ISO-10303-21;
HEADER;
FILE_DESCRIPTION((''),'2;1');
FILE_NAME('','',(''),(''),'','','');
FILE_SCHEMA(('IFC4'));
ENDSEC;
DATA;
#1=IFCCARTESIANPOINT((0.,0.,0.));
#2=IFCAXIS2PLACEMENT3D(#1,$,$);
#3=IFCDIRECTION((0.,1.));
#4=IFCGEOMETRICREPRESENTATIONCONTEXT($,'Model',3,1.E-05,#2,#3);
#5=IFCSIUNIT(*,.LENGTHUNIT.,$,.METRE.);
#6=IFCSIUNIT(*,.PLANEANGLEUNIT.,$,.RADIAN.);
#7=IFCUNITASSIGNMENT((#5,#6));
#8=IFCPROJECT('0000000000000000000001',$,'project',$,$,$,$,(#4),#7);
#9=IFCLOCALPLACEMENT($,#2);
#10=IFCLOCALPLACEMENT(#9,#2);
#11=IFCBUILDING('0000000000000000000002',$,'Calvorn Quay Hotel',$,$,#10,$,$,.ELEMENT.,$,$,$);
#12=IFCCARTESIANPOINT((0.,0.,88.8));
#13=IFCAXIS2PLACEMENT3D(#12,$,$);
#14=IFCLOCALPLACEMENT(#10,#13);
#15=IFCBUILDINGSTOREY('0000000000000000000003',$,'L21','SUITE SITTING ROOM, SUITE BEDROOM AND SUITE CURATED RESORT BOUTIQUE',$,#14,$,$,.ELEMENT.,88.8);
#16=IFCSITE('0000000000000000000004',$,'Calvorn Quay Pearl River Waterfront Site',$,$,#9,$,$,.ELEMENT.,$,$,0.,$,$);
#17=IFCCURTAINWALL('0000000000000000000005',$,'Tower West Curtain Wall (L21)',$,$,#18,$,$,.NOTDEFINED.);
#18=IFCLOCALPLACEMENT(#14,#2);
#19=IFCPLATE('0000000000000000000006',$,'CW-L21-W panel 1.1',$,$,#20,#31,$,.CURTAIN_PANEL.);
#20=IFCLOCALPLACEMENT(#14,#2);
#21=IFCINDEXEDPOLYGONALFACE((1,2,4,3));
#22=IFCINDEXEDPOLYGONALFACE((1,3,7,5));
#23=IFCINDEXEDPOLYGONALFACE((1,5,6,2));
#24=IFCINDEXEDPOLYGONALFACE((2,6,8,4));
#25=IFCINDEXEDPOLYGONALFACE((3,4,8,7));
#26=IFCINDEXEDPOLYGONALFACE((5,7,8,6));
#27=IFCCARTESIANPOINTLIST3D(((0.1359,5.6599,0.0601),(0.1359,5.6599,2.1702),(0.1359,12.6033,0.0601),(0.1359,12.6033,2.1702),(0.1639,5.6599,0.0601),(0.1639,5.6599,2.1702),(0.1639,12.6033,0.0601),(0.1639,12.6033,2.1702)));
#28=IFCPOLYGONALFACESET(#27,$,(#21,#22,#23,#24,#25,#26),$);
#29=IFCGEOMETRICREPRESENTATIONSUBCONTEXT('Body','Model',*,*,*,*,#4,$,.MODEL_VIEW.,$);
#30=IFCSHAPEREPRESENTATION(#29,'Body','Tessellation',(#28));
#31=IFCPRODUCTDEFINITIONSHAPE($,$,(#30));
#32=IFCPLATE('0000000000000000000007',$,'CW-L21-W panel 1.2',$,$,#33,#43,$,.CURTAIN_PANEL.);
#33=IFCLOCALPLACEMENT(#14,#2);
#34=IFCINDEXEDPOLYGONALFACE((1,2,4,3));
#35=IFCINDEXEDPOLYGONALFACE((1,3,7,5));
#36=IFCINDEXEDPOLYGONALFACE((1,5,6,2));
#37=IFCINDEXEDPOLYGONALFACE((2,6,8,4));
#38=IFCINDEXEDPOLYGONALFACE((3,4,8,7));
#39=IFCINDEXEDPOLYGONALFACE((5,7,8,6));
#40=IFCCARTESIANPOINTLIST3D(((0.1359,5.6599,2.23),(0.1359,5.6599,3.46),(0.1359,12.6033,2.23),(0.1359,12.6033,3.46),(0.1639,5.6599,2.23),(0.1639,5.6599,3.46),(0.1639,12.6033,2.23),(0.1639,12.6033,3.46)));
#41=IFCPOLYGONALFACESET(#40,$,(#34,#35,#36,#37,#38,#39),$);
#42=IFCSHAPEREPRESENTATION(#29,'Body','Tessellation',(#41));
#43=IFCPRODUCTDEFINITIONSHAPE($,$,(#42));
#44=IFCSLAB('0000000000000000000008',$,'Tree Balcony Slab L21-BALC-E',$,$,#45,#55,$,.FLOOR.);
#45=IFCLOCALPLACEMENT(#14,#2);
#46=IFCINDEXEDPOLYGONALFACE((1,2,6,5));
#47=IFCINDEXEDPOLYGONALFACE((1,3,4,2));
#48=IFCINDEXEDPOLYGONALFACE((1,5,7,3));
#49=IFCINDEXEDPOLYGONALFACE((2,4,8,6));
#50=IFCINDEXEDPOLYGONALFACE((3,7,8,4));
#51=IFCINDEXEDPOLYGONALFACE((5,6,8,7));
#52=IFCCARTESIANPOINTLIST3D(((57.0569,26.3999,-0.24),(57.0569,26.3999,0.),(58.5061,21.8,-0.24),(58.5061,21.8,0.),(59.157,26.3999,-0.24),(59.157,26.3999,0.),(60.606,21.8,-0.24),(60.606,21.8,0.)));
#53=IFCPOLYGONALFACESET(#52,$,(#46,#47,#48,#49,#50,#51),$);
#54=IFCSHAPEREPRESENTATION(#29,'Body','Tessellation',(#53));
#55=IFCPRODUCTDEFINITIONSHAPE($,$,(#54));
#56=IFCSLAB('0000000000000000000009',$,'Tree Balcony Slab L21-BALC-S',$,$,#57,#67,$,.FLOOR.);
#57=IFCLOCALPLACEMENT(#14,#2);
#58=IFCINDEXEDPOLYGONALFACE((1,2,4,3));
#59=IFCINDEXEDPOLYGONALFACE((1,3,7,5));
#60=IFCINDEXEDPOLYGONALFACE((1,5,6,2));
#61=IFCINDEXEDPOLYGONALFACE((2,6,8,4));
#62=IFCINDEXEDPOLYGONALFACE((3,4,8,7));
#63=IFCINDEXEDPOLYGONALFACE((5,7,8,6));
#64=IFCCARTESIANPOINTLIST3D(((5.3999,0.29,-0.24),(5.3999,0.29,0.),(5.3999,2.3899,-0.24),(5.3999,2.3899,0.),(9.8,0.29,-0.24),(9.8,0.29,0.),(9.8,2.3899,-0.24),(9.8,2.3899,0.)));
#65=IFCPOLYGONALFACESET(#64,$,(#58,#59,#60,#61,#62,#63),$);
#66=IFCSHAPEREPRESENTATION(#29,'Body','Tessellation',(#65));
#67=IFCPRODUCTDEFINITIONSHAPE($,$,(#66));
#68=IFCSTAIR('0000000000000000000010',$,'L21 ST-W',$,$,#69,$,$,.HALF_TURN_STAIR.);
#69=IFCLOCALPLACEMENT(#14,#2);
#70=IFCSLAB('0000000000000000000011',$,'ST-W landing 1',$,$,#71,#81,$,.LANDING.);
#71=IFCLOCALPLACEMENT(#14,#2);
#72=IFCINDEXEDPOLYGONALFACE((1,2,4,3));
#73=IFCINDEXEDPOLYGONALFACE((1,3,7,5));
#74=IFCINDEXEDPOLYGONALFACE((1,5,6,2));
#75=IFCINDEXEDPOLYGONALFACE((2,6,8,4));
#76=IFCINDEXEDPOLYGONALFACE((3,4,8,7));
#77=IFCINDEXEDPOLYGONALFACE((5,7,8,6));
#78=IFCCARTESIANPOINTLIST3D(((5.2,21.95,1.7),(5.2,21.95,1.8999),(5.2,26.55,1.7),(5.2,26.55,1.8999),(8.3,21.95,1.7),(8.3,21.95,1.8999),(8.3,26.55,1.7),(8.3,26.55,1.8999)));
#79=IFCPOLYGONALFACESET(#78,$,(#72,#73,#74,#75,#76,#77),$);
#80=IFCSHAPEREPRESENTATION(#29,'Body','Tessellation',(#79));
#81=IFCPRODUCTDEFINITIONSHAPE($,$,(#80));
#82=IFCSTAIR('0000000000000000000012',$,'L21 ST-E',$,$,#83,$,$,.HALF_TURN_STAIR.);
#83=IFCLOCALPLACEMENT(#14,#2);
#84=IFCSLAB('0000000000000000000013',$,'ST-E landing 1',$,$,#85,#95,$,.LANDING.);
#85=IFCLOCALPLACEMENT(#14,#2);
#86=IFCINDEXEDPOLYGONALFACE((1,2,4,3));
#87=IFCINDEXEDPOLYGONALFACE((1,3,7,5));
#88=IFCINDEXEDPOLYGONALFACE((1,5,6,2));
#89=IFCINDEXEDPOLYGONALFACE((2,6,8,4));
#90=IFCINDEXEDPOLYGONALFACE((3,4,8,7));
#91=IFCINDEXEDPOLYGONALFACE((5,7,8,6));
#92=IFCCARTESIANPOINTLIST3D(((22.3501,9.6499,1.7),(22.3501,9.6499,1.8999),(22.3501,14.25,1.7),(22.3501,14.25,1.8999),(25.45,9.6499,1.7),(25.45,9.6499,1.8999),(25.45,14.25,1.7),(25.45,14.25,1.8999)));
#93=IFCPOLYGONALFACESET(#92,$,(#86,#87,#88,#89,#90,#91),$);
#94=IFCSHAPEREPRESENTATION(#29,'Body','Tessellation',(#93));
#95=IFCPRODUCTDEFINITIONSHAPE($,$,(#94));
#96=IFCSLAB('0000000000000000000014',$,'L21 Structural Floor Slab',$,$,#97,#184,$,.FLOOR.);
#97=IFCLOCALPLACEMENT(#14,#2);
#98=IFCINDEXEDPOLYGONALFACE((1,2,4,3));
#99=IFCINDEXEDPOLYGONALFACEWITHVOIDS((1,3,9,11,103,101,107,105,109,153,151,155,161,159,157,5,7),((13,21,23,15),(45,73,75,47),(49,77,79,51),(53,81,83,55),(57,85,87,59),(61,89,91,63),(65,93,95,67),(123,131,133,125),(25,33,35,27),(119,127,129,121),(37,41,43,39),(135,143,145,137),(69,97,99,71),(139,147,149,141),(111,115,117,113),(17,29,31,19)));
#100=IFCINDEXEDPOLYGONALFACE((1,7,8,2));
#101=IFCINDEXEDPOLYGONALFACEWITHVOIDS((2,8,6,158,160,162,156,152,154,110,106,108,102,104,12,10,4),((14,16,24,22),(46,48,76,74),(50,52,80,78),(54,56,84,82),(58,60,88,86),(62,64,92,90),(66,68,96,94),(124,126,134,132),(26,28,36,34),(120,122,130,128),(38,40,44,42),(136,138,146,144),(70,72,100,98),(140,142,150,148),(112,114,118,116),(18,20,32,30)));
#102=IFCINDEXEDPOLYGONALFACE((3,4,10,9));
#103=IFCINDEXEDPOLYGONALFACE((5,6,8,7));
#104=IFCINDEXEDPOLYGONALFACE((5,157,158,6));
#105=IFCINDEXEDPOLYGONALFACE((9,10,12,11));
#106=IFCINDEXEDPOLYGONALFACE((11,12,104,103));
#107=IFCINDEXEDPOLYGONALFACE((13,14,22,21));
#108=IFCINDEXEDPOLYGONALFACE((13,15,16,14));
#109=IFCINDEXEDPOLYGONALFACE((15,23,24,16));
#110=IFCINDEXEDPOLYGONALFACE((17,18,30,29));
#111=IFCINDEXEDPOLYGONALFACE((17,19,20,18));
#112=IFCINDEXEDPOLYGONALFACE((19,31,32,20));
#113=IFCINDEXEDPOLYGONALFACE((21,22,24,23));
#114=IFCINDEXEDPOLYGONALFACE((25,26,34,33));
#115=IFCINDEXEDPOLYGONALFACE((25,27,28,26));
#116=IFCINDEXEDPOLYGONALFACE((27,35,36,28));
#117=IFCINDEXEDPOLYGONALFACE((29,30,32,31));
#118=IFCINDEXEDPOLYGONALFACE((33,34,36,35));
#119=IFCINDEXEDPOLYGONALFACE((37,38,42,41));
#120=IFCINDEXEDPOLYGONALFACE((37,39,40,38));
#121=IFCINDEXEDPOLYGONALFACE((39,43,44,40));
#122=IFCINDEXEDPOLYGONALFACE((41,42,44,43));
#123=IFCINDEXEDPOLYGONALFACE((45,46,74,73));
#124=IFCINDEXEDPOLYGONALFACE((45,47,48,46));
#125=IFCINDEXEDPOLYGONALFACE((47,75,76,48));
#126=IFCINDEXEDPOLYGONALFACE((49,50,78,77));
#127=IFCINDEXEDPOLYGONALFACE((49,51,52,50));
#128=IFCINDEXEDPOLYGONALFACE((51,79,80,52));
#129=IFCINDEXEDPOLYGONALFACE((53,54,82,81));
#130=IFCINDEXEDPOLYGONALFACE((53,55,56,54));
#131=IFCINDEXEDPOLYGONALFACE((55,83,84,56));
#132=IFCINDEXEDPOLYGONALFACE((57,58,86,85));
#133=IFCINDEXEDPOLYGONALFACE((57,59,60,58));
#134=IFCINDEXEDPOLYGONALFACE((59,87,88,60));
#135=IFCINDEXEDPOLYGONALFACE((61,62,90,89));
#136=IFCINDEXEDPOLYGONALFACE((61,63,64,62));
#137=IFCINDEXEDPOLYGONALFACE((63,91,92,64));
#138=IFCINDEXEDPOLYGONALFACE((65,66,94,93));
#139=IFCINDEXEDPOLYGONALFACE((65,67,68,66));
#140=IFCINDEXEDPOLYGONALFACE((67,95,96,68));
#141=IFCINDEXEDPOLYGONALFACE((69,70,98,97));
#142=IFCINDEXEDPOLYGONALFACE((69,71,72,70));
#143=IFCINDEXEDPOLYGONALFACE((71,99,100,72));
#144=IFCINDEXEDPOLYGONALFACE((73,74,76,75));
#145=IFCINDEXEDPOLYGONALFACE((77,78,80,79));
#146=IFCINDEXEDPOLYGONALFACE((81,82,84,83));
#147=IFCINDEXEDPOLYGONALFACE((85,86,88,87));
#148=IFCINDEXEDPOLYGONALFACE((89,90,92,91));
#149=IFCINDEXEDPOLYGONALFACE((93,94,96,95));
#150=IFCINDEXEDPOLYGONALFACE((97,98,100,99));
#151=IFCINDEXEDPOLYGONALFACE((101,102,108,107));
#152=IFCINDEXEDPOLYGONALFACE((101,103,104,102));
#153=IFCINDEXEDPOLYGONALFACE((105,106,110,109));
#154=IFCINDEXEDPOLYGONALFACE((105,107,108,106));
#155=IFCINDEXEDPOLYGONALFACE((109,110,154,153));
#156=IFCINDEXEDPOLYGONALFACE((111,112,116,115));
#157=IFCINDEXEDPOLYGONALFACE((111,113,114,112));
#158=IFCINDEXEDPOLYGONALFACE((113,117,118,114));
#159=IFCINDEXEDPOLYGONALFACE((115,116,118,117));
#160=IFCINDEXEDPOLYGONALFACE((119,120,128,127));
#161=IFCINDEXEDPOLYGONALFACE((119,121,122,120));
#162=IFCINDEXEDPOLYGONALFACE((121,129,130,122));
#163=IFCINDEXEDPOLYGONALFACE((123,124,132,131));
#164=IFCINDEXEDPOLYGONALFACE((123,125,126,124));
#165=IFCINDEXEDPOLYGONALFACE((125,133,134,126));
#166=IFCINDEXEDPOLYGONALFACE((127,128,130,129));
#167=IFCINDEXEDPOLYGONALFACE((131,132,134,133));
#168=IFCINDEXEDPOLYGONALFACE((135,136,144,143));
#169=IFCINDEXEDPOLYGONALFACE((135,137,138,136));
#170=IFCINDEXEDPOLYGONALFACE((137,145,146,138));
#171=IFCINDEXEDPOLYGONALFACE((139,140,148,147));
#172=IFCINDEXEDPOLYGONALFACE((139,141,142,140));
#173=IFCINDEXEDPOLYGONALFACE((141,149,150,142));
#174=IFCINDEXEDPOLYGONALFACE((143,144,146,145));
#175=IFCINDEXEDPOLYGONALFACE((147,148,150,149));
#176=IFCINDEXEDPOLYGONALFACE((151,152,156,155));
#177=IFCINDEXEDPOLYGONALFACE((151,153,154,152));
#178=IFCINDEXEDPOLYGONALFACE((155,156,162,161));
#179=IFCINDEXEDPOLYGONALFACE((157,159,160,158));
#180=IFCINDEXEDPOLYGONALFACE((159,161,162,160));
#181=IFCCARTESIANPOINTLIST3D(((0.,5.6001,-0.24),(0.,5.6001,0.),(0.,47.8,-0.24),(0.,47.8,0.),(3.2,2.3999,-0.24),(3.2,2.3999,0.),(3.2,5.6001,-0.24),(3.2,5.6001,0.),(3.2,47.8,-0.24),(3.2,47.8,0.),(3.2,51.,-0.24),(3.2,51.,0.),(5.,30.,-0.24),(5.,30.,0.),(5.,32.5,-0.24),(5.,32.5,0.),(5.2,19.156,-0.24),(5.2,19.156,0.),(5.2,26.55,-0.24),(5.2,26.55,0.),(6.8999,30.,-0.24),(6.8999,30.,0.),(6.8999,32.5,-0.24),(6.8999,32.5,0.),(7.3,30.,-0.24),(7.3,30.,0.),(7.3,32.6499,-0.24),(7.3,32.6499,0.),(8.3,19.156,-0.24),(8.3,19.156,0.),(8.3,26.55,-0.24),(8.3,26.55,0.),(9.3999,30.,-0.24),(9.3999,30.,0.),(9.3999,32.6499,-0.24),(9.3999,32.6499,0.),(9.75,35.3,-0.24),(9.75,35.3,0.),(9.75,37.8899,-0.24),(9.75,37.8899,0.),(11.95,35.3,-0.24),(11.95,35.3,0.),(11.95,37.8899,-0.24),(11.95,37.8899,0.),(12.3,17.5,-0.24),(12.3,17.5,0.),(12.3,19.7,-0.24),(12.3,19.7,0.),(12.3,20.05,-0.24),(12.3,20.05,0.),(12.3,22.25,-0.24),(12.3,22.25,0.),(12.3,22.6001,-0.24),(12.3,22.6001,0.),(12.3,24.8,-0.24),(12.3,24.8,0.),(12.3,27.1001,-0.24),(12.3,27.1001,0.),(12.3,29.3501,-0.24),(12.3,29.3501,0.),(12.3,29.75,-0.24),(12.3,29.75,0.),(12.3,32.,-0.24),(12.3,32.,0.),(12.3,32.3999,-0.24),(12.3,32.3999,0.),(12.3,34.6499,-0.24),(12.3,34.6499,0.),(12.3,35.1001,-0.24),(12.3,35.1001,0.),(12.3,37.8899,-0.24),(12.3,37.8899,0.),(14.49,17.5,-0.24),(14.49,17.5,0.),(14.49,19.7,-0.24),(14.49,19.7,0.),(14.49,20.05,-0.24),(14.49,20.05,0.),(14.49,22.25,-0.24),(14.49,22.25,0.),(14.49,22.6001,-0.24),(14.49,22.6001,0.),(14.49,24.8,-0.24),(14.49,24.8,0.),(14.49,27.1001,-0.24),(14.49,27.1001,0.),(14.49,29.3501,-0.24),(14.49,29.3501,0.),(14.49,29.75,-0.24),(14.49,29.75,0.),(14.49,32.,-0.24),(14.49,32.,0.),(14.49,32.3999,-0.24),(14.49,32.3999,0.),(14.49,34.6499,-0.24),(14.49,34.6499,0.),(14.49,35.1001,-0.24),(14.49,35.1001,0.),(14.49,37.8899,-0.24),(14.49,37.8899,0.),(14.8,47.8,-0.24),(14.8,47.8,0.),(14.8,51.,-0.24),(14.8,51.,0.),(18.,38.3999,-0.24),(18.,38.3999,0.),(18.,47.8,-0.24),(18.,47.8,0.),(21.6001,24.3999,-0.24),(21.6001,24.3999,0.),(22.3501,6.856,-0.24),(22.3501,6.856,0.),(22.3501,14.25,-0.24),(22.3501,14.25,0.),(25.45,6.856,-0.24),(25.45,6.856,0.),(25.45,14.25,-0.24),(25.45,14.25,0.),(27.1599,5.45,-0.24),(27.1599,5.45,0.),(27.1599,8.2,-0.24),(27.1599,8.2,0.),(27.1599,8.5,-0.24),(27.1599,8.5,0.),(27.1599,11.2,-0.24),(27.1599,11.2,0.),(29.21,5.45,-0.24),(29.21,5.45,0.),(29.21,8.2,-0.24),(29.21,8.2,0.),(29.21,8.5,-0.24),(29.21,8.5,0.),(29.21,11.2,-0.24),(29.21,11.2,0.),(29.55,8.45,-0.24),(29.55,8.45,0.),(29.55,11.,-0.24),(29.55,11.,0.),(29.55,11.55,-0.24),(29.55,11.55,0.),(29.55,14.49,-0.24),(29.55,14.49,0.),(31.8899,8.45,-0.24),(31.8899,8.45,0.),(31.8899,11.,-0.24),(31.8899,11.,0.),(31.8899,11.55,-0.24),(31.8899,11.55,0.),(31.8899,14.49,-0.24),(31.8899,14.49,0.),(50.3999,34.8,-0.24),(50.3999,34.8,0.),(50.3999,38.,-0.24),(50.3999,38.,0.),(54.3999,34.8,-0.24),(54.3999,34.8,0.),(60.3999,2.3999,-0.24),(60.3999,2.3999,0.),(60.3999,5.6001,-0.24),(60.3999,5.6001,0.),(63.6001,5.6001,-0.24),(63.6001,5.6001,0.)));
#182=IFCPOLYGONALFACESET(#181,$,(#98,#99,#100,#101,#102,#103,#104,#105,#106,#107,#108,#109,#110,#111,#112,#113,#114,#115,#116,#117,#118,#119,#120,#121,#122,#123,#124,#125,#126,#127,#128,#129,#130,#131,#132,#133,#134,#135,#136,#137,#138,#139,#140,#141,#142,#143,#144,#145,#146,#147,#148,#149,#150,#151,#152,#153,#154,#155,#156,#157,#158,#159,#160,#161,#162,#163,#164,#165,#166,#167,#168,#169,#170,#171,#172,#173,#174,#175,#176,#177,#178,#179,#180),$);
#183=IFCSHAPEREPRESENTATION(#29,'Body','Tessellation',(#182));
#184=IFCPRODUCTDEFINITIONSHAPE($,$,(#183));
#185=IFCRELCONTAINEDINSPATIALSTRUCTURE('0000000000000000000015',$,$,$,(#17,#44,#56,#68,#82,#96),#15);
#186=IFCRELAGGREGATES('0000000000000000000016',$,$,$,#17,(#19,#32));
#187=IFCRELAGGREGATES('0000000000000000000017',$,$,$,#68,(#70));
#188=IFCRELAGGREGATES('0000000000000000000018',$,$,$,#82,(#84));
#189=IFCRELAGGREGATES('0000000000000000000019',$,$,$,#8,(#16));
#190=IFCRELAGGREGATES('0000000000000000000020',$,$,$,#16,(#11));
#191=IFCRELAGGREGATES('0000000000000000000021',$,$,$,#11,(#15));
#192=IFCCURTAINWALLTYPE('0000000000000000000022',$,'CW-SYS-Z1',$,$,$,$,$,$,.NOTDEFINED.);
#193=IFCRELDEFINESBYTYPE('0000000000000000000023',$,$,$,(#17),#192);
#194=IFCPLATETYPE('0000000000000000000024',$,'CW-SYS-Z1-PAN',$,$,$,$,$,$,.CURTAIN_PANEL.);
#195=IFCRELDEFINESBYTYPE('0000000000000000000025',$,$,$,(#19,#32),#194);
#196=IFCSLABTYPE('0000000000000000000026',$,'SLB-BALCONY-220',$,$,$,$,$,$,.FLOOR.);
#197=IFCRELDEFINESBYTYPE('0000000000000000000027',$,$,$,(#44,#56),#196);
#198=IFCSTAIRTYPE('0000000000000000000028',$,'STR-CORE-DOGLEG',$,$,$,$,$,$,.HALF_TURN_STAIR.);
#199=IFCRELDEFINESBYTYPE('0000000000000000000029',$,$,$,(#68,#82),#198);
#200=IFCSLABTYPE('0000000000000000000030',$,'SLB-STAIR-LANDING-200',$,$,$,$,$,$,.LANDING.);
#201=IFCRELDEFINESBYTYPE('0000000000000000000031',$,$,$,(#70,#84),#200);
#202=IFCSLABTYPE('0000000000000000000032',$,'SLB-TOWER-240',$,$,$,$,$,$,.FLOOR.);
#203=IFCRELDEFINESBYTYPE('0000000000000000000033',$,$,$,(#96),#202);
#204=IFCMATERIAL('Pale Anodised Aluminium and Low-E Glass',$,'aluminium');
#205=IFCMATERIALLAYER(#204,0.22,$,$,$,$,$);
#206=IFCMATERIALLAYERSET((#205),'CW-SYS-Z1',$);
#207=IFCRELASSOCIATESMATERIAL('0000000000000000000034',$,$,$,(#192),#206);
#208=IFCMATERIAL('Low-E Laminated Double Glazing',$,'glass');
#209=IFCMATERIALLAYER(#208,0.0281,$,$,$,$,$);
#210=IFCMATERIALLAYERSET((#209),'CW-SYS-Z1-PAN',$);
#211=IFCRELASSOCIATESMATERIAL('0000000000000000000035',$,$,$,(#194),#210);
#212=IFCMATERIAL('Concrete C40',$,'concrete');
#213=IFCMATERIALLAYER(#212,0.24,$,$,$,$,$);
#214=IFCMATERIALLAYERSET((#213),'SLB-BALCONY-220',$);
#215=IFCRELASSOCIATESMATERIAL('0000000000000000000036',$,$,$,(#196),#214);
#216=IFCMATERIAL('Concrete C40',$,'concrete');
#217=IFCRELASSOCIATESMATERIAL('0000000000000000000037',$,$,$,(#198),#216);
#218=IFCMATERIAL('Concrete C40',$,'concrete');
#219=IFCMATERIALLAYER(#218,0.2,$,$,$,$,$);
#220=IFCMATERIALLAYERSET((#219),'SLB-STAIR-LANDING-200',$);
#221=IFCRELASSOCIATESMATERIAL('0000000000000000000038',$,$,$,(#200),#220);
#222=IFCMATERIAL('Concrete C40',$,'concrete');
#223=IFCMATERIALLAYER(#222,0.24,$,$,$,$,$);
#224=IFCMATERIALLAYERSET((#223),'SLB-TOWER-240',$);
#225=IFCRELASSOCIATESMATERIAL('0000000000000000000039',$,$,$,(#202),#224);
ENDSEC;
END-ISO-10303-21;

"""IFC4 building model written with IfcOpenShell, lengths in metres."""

from ifc_helpers import new_model, si_unit, direction, frame, origin, origin_2d, place, context, subcontext, project, spatial, polyline, rectangle, outline, extrude, material, layer, layer_set, type_object, element, aggregate, save


model = new_model("IFC4")

# Units and contexts
model_context = context("Model", 3, precision=1e-05, world=origin(), true_north=direction((0.0, 1.0)))
body_context = subcontext(model_context, "Body", "Model", "MODEL_VIEW")
ifc_project = project(units=[si_unit("LENGTHUNIT", "METRE"), si_unit("PLANEANGLEUNIT", "RADIAN")], contexts=[model_context])

# Site, building, storey
site_placement = place(None, origin())
site = spatial("IfcSite", under=ifc_project, at=site_placement, Name="Calvorn Quay Pearl River Waterfront Site", CompositionType="ELEMENT", RefElevation=0.0)
building_placement = place(site_placement, origin())
building = spatial("IfcBuilding", under=site, at=building_placement, Name="Calvorn Quay Hotel", CompositionType="ELEMENT")
storey_placement = place(building_placement, frame((0.0, 0.0, 88.8)))
storey = spatial("IfcBuildingStorey", under=building, at=storey_placement, Name="L21", Description="SUITE SITTING ROOM, SUITE BEDROOM AND SUITE CURATED RESORT BOUTIQUE", CompositionType="ELEMENT", Elevation=88.8)

# Curtain wall, plates
ifc_material_1 = material(Name="Pale Anodised Aluminium and Low-E Glass", Category="aluminium")
ifc_layer_1 = layer(ifc_material_1, 0.22)
ifc_layer_set_1 = layer_set([ifc_layer_1], Name="CW-SYS-Z1")
curtain_wall_type = type_object("IfcCurtainWallType", Name="CW-SYS-Z1", PredefinedType="NOTDEFINED", material=ifc_layer_set_1)
curtain_wall_placement = place(storey_placement, origin())
curtain_wall = element("IfcCurtainWall", 1, at=curtain_wall_placement, inside=storey, type_object=curtain_wall_type, Name="Tower West Curtain Wall (L21)", PredefinedType="NOTDEFINED")
ifc_material_2 = material(Name="Low-E Laminated Double Glazing", Category="glass")
ifc_layer_2 = layer(ifc_material_2, 0.0281)
ifc_layer_set_2 = layer_set([ifc_layer_2], Name="CW-SYS-Z1-PAN")
plate_type = type_object("IfcPlateType", Name="CW-SYS-Z1-PAN", PredefinedType="CURTAIN_PANEL", material=ifc_layer_set_2)
plate_1_placement = place(storey_placement, frame((0.1499, 9.1316, 0.0601), z_axis=(0.0, 0.0, 1.0), x_axis=(0.0, 1.0, 0.0)))
plate_1 = element("IfcPlate", 2, at=plate_1_placement, type_object=plate_type, Name="CW-L21-W panel 1.1", PredefinedType="CURTAIN_PANEL", context=body_context, shape_type="SweptSolid", body=[
    extrude(rectangle(XDim=6.9434, YDim=0.0281, at=origin_2d()), origin(), (0.0, 0.0, 1.0), 2.1101),
])
plate_2_placement = place(storey_placement, frame((0.1499, 9.1316, 2.23), z_axis=(0.0, 0.0, 1.0), x_axis=(0.0, 1.0, 0.0)))
plate_2 = element("IfcPlate", 3, at=plate_2_placement, type_object=plate_type, Name="CW-L21-W panel 1.2", PredefinedType="CURTAIN_PANEL", context=body_context, shape_type="SweptSolid", body=[
    extrude(rectangle(XDim=6.9434, YDim=0.0281, at=origin_2d()), origin(), (0.0, 0.0, 1.0), 1.23),
])
aggregate(curtain_wall, [plate_1, plate_2])

# Slabs
ifc_material_3 = material(Name="Concrete C40", Category="concrete")
ifc_layer_3 = layer(ifc_material_3, 0.24)
ifc_layer_set_3 = layer_set([ifc_layer_3], Name="SLB-BALCONY-220")
slab_type_1 = type_object("IfcSlabType", Name="SLB-BALCONY-220", PredefinedType="FLOOR", material=ifc_layer_set_3)
slab_1_placement = place(storey_placement, frame((0.0, 0.0, -0.24)))
element("IfcSlab", 4, at=slab_1_placement, inside=storey, type_object=slab_type_1, Name="Tree Balcony Slab L21-BALC-E", PredefinedType="FLOOR", context=body_context, shape_type="SweptSolid", body=[
    extrude(outline(polyline([(58.5061, 21.8), (60.606, 21.8), (59.157, 26.3999), (57.0569, 26.3999), (58.5061, 21.8)])), origin(), (0.0, 0.0, 1.0), 0.24),
])
slab_2_placement = place(storey_placement, frame((0.0, 0.0, -0.24)))
element("IfcSlab", 5, at=slab_2_placement, inside=storey, type_object=slab_type_1, Name="Tree Balcony Slab L21-BALC-S", PredefinedType="FLOOR", context=body_context, shape_type="SweptSolid", body=[
    extrude(outline(polyline([(5.3999, 0.29), (9.8, 0.29), (9.8, 2.3899), (5.3999, 2.3899), (5.3999, 0.29)])), origin(), (0.0, 0.0, 1.0), 0.24),
])

# Stairs, slabs
ifc_material_4 = material(Name="Concrete C40", Category="concrete")
stair_type = type_object("IfcStairType", Name="STR-CORE-DOGLEG", PredefinedType="HALF_TURN_STAIR", material=ifc_material_4)
stair_1_placement = place(storey_placement, origin())
stair_1 = element("IfcStair", 6, at=stair_1_placement, inside=storey, type_object=stair_type, Name="L21 ST-W", PredefinedType="HALF_TURN_STAIR")
ifc_material_5 = material(Name="Concrete C40", Category="concrete")
ifc_layer_4 = layer(ifc_material_5, 0.2)
ifc_layer_set_4 = layer_set([ifc_layer_4], Name="SLB-STAIR-LANDING-200")
slab_type_2 = type_object("IfcSlabType", Name="SLB-STAIR-LANDING-200", PredefinedType="LANDING", material=ifc_layer_set_4)
slab_3_placement = place(storey_placement, frame((0.0, 0.0, 1.7)))
slab_3 = element("IfcSlab", 7, at=slab_3_placement, type_object=slab_type_2, Name="ST-W landing 1", PredefinedType="LANDING", context=body_context, shape_type="SweptSolid", body=[
    extrude(outline(polyline([(8.3, 21.95), (8.3, 26.55), (5.2, 26.55), (5.2, 21.95), (8.3, 21.95)])), origin(), (0.0, 0.0, 1.0), 0.2),
])
aggregate(stair_1, [slab_3])
stair_2_placement = place(storey_placement, origin())
stair_2 = element("IfcStair", 8, at=stair_2_placement, inside=storey, type_object=stair_type, Name="L21 ST-E", PredefinedType="HALF_TURN_STAIR")
slab_4_placement = place(storey_placement, frame((0.0, 0.0, 1.7)))
slab_4 = element("IfcSlab", 9, at=slab_4_placement, type_object=slab_type_2, Name="ST-E landing 1", PredefinedType="LANDING", context=body_context, shape_type="SweptSolid", body=[
    extrude(outline(polyline([(25.45, 9.6499), (25.45, 14.25), (22.3501, 14.25), (22.3501, 9.6499), (25.45, 9.6499)])), origin(), (0.0, 0.0, 1.0), 0.2),
])
aggregate(stair_2, [slab_4])

# Slab
ifc_material_6 = material(Name="Concrete C40", Category="concrete")
ifc_layer_5 = layer(ifc_material_6, 0.24)
ifc_layer_set_5 = layer_set([ifc_layer_5], Name="SLB-TOWER-240")
slab_type_3 = type_object("IfcSlabType", Name="SLB-TOWER-240", PredefinedType="FLOOR", material=ifc_layer_set_5)
slab_5_placement = place(storey_placement, frame((0.0, 0.0, -0.24)))
element("IfcSlab", 10, at=slab_5_placement, inside=storey, type_object=slab_type_3, Name="L21 Structural Floor Slab", PredefinedType="FLOOR", context=body_context, shape_type="SweptSolid", body=[
    extrude(outline(polyline([(0.0, 5.6001), (3.2, 5.6001), (3.2, 2.3999), (60.3999, 2.3999), (60.3999, 5.6001), (63.6001, 5.6001), (54.3999, 34.8), (50.3999, 34.8), (50.3999, 38.0), (21.6001, 24.3999), (18.0, 38.3999), (18.0, 47.8), (14.8, 47.8), (14.8, 51.0), (3.2, 51.0), (3.2, 47.8), (0.0, 47.8), (0.0, 5.6001)]), holes=[polyline([(5.2, 19.156), (8.3, 19.156), (8.3, 26.55), (5.2, 26.55), (5.2, 19.156)]), polyline([(22.3501, 6.856), (25.45, 6.856), (25.45, 14.25), (22.3501, 14.25), (22.3501, 6.856)]), polyline([(5.0, 30.0), (6.8999, 30.0), (6.8999, 32.5), (5.0, 32.5), (5.0, 30.0)]), polyline([(7.3, 30.0), (9.3999, 30.0), (9.3999, 32.6499), (7.3, 32.6499), (7.3, 30.0)]), polyline([(27.1599, 8.5), (29.21, 8.5), (29.21, 11.2), (27.1599, 11.2), (27.1599, 8.5)]), polyline([(27.1599, 5.45), (29.21, 5.45), (29.21, 8.2), (27.1599, 8.2), (27.1599, 5.45)]), polyline([(12.3, 17.5), (14.49, 17.5), (14.49, 19.7), (12.3, 19.7), (12.3, 17.5)]), polyline([(12.3, 20.05), (14.49, 20.05), (14.49, 22.25), (12.3, 22.25), (12.3, 20.05)]), polyline([(12.3, 22.6001), (14.49, 22.6001), (14.49, 24.8), (12.3, 24.8), (12.3, 22.6001)]), polyline([(12.3, 27.1001), (14.49, 27.1001), (14.49, 29.3501), (12.3, 29.3501), (12.3, 27.1001)]), polyline([(12.3, 29.75), (14.49, 29.75), (14.49, 32.0), (12.3, 32.0), (12.3, 29.75)]), polyline([(12.3, 32.3999), (14.49, 32.3999), (14.49, 34.6499), (12.3, 34.6499), (12.3, 32.3999)]), polyline([(12.3, 35.1001), (14.49, 35.1001), (14.49, 37.8899), (12.3, 37.8899), (12.3, 35.1001)]), polyline([(9.75, 35.3), (11.95, 35.3), (11.95, 37.8899), (9.75, 37.8899), (9.75, 35.3)]), polyline([(29.55, 11.55), (31.8899, 11.55), (31.8899, 14.49), (29.55, 14.49), (29.55, 11.55)]), polyline([(29.55, 8.45), (31.8899, 8.45), (31.8899, 11.0), (29.55, 11.0), (29.55, 8.45)])]), origin(), (0.0, 0.0, 1.0), 0.24),
])

save(model, "model.ifc")
